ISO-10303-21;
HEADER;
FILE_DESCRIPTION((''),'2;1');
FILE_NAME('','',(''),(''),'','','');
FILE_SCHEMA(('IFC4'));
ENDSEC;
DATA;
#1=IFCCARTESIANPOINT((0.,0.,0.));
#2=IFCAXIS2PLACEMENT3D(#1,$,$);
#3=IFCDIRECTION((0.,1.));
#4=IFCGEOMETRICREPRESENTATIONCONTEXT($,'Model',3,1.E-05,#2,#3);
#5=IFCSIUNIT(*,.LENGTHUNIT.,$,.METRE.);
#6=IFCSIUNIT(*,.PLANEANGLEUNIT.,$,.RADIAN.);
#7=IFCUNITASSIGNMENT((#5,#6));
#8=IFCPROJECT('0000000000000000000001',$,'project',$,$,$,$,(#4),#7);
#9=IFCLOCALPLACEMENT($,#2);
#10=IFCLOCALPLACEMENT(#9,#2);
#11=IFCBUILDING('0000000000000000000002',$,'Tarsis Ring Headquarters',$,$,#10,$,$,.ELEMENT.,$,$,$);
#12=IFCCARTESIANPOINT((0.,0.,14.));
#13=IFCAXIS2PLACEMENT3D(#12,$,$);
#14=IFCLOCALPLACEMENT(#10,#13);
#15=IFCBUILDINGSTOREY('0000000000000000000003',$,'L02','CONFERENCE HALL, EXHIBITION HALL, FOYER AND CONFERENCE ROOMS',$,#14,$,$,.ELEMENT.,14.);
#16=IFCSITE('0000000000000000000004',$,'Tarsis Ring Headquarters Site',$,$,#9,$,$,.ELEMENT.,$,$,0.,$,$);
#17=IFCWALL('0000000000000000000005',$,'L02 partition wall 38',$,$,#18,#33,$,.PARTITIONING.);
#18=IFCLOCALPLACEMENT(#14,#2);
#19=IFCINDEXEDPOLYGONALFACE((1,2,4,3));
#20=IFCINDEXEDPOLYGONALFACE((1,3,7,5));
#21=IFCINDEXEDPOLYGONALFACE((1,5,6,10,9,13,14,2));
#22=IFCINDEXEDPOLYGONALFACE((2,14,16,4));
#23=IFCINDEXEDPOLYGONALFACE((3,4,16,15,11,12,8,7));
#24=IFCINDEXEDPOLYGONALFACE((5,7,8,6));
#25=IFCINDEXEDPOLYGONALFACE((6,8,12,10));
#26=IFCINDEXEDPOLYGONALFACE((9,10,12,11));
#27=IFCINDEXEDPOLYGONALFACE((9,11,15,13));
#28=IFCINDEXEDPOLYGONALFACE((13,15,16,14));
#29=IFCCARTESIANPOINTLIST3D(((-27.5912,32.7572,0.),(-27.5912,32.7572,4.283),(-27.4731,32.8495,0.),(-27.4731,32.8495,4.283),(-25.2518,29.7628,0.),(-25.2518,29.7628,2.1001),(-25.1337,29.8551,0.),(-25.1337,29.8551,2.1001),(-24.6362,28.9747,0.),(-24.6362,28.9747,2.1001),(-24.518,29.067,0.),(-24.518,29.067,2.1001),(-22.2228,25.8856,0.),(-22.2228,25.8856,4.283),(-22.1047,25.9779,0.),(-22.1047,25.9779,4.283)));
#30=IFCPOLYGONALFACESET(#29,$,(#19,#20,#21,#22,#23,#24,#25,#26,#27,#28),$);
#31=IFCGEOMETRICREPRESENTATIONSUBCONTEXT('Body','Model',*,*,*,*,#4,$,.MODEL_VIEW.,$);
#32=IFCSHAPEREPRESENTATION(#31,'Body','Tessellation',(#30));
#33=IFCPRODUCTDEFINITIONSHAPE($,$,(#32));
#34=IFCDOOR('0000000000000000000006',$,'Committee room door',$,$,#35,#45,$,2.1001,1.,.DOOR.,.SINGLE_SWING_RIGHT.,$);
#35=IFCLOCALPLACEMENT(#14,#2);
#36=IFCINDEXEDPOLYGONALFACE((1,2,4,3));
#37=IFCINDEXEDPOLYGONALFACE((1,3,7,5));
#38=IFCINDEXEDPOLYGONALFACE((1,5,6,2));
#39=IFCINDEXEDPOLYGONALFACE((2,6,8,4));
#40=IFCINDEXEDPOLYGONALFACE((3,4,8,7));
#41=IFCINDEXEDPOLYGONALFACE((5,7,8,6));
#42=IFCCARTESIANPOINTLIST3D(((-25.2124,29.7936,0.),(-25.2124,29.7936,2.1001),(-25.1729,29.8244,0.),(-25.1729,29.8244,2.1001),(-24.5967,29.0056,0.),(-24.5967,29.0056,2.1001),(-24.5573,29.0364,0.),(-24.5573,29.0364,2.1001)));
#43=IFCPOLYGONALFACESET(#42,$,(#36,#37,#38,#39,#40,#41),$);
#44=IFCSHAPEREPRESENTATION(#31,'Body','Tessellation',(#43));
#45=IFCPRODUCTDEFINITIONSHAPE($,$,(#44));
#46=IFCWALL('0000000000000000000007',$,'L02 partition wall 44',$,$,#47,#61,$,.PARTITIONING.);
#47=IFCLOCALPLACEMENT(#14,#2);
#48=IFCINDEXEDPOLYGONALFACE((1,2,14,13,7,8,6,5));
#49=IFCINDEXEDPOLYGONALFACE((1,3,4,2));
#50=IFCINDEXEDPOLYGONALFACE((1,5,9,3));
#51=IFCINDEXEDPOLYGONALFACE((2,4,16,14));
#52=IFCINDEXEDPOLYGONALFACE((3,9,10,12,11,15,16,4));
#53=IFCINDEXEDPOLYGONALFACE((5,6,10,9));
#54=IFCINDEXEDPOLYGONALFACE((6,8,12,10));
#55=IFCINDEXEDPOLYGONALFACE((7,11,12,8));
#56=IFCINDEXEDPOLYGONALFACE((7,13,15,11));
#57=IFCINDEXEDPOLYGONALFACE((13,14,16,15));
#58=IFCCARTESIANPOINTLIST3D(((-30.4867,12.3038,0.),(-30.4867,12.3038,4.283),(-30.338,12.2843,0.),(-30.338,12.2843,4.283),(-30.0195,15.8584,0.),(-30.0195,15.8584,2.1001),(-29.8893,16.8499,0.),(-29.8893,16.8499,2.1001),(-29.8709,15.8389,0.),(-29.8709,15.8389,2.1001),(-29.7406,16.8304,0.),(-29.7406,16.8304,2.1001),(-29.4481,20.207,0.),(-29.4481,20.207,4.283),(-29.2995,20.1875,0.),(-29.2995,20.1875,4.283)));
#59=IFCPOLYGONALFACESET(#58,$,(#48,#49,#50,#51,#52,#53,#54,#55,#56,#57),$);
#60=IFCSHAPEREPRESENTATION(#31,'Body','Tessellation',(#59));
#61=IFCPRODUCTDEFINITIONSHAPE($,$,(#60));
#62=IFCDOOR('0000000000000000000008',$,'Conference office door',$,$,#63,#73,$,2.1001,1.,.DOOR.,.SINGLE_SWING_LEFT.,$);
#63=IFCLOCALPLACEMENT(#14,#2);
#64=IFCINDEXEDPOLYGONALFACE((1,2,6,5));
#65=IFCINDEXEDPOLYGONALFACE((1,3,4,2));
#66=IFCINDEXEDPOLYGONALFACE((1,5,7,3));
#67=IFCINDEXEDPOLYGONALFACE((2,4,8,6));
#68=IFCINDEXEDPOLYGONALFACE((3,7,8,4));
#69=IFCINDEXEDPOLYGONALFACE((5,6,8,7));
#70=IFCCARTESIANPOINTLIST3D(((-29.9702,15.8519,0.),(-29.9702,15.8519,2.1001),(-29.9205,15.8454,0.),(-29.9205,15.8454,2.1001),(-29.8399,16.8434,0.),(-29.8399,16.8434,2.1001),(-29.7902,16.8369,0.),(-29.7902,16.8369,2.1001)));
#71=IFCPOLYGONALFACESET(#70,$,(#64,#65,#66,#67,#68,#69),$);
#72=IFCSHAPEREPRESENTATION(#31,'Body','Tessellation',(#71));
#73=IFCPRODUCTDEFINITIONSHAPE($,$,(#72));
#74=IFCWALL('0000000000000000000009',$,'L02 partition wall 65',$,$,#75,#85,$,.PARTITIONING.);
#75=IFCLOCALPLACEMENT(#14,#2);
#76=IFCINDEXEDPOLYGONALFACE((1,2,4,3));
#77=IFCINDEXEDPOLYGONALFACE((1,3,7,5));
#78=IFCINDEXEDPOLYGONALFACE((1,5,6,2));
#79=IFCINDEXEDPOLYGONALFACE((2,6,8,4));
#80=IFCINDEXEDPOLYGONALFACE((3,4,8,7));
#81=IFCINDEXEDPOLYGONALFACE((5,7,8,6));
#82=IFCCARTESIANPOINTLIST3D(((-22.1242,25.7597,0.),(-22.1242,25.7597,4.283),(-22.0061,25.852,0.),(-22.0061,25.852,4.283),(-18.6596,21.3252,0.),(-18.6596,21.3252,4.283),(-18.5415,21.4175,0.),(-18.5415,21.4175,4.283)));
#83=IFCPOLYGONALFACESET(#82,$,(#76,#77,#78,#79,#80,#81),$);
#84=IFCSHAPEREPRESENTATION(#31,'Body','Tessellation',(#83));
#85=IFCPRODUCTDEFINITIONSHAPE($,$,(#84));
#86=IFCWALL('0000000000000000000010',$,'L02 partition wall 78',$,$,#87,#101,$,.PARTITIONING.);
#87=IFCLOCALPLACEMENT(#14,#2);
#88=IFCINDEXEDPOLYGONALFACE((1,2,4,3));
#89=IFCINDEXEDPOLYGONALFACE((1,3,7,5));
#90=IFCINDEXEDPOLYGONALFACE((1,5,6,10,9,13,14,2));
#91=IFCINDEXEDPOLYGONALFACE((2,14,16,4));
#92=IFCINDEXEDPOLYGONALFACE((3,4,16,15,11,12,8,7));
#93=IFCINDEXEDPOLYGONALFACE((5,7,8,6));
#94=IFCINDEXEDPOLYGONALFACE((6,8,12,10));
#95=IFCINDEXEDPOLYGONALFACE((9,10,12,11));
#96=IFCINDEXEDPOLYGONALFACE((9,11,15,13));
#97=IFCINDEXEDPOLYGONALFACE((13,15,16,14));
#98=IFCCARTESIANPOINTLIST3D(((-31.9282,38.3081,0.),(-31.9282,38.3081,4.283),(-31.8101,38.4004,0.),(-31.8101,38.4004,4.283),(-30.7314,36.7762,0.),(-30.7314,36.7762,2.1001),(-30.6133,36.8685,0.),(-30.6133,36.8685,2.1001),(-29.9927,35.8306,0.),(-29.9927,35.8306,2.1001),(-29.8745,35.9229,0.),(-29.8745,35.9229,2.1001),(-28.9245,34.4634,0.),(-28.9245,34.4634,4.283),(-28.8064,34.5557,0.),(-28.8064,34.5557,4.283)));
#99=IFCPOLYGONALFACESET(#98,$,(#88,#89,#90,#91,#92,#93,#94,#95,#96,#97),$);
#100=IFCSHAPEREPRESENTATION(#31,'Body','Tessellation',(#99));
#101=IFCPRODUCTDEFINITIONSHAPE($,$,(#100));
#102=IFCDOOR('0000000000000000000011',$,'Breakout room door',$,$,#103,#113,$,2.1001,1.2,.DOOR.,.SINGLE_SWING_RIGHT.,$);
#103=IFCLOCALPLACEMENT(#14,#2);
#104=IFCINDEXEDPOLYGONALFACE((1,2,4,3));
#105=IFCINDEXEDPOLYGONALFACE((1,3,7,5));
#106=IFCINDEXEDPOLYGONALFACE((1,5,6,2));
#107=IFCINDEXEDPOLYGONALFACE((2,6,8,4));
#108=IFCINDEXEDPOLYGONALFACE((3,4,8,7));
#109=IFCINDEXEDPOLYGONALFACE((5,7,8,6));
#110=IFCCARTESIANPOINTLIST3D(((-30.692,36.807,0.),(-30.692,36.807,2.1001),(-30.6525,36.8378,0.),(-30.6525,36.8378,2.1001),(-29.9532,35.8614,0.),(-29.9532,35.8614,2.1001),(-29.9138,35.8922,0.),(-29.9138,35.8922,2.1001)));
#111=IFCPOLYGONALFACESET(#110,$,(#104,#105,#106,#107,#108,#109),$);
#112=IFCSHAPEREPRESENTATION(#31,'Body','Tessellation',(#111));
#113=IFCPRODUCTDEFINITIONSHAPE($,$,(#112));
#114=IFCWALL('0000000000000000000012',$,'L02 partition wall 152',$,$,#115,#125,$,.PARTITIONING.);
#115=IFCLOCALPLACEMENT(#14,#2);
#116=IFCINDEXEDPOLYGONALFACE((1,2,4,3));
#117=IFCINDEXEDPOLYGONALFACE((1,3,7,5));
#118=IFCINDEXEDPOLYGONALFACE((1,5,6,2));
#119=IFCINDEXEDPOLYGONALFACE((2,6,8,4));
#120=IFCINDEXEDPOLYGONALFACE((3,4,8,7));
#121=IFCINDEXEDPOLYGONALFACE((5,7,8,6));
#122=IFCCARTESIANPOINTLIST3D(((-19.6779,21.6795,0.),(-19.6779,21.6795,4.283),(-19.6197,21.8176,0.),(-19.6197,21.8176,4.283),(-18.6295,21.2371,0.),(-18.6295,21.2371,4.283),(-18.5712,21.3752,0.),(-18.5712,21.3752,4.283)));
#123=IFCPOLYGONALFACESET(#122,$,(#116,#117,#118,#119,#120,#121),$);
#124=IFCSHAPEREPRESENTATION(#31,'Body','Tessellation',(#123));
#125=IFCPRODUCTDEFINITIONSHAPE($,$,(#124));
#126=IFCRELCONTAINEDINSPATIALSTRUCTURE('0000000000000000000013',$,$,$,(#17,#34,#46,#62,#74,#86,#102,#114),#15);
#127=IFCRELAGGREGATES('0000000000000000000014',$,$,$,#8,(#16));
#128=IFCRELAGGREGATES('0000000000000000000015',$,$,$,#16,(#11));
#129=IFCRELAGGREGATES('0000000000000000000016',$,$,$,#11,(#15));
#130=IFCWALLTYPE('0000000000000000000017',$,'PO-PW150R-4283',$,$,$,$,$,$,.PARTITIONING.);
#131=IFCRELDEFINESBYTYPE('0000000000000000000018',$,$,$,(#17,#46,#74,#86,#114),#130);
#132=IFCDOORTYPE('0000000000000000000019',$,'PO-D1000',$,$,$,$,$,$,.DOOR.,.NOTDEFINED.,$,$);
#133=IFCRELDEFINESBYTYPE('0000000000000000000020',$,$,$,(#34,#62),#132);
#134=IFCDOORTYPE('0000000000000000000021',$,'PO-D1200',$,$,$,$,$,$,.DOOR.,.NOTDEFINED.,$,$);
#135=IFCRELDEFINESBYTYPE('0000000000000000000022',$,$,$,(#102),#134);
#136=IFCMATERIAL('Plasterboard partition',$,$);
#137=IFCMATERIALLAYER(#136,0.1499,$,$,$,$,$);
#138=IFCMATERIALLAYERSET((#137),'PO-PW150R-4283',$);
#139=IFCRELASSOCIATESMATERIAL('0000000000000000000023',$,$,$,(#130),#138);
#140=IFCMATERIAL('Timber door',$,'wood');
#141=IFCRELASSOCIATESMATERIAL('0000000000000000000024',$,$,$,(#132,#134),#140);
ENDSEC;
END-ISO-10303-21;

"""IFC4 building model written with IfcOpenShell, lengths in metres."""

from ifc_helpers import new_model, si_unit, direction, frame, frame_2d, origin, place, context, subcontext, project, spatial, rectangle, extrude, material, layer, layer_set, type_object, element, fill, save


model = new_model("IFC4")

# Units and contexts
model_context = context("Model", 3, precision=1e-05, world=origin(), true_north=direction((0.0, 1.0)))
body_context = subcontext(model_context, "Body", "Model", "MODEL_VIEW")
ifc_project = project(units=[si_unit("LENGTHUNIT", "METRE"), si_unit("PLANEANGLEUNIT", "RADIAN")], contexts=[model_context])

# Site, building, storey
site_placement = place(None, origin())
site = spatial("IfcSite", under=ifc_project, at=site_placement, Name="Tarsis Ring Headquarters Site", CompositionType="ELEMENT", RefElevation=0.0)
building_placement = place(site_placement, origin())
building = spatial("IfcBuilding", under=site, at=building_placement, Name="Tarsis Ring Headquarters", CompositionType="ELEMENT")
storey_placement = place(building_placement, frame((0.0, 0.0, 14.0)))
storey = spatial("IfcBuildingStorey", under=building, at=storey_placement, Name="L02", Description="CONFERENCE HALL, EXHIBITION HALL, FOYER AND CONFERENCE ROOMS", CompositionType="ELEMENT", Elevation=14.0)

# Shared definitions
ifc_material_1 = material(Name="Plasterboard partition")
ifc_layer_1 = layer(ifc_material_1, 0.1499)
ifc_layer_set_1 = layer_set([ifc_layer_1], Name="PO-PW150R-4283")
wall_type_1 = type_object("IfcWallType", Name="PO-PW150R-4283", PredefinedType="PARTITIONING", material=ifc_layer_set_1)

# Walls, openings, doors
ifc_material_2 = material(Name="Timber door", Category="wood")
door_type_1 = type_object("IfcDoorType", Name="PO-D1000", OperationType="NOTDEFINED", PredefinedType="DOOR", material=ifc_material_2)
door_type_2 = type_object("IfcDoorType", Name="PO-D1200", OperationType="NOTDEFINED", PredefinedType="DOOR", material=ifc_material_2)
wall_1_placement = place(storey_placement, frame((-22.1638, 25.9319, 0.0), z_axis=(0.0, 0.0, 1.0), x_axis=(-0.615643, 0.788025, 0.0)))
wall_1 = element("IfcWall", 1, at=wall_1_placement, inside=storey, type_object=wall_type_1, Name="L02 partition wall 38", PredefinedType="PARTITIONING", context=body_context, shape_type="SweptSolid", body=[
    extrude(rectangle(XDim=8.72, YDim=0.1499, at=frame_2d((4.3599, 0.0))), origin(), (0.0, 0.0, 1.0), 4.283),
])
opening_1_placement = place(wall_1_placement, frame((3.9199, 0.0, 0.0)))
opening_1 = element("IfcOpeningElement", 2, at=opening_1_placement, cuts=wall_1, PredefinedType="OPENING", context=body_context, shape_type="SweptSolid", body=[
    extrude(rectangle(XDim=1.0, YDim=2.1001, at=frame_2d((0.5, 1.05))), frame((0.0, 0.085, 0.0), z_axis=(0.0, -1.0, 0.0), x_axis=(1.0, 0.0, 0.0)), (0.0, 0.0, 1.0), 0.1699),
])
door_1_placement = place(opening_1_placement, origin())
door_1 = element("IfcDoor", 3, at=door_1_placement, inside=storey, type_object=door_type_1, Name="Committee room door", OperationType="SINGLE_SWING_RIGHT", OverallHeight=2.1001, OverallWidth=1.0, PredefinedType="DOOR", context=body_context, shape_type="SweptSolid", body=[
    extrude(rectangle(XDim=1.0, YDim=2.1001, at=frame_2d((0.5, 1.05))), frame((0.0, 0.0249, 0.0), z_axis=(0.0, -1.0, 0.0), x_axis=(1.0, 0.0, 0.0)), (0.0, 0.0, 1.0), 0.05),
])
fill(opening_1, door_1)
wall_2_placement = place(storey_placement, frame((-29.3738, 20.1973, 0.0), z_axis=(0.0, 0.0, 1.0), x_axis=(-0.13029, -0.991476, 0.0)))
wall_2 = element("IfcWall", 4, at=wall_2_placement, inside=storey, type_object=wall_type_1, Name="L02 partition wall 44", PredefinedType="PARTITIONING", context=body_context, shape_type="SweptSolid", body=[
    extrude(rectangle(XDim=7.9712, YDim=0.1499, at=frame_2d((3.9856, 0.0))), origin(), (0.0, 0.0, 1.0), 4.283),
])
opening_2_placement = place(wall_2_placement, frame((3.386, 0.0, 0.0)))
opening_2 = element("IfcOpeningElement", 5, at=opening_2_placement, cuts=wall_2, PredefinedType="OPENING", context=body_context, shape_type="SweptSolid", body=[
    extrude(rectangle(XDim=1.0, YDim=2.1001, at=frame_2d((0.5, 1.05))), frame((0.0, 0.085, 0.0), z_axis=(0.0, -1.0, 0.0), x_axis=(1.0, 0.0, 0.0)), (0.0, 0.0, 1.0), 0.1699),
])
door_2_placement = place(opening_2_placement, origin())
door_2 = element("IfcDoor", 6, at=door_2_placement, inside=storey, type_object=door_type_1, Name="Conference office door", OperationType="SINGLE_SWING_LEFT", OverallHeight=2.1001, OverallWidth=1.0, PredefinedType="DOOR", context=body_context, shape_type="SweptSolid", body=[
    extrude(rectangle(XDim=1.0, YDim=2.1001, at=frame_2d((0.5, 1.05))), frame((0.0, 0.0249, 0.0), z_axis=(0.0, -1.0, 0.0), x_axis=(1.0, 0.0, 0.0)), (0.0, 0.0, 1.0), 0.05),
])
fill(opening_2, door_2)

# Wall
wall_3_placement = place(storey_placement, frame((-18.6006, 21.3713, 0.0), z_axis=(0.0, 0.0, 1.0), x_axis=(-0.615654, 0.788016, 0.0)))
element("IfcWall", 7, at=wall_3_placement, inside=storey, type_object=wall_type_1, Name="L02 partition wall 65", PredefinedType="PARTITIONING", context=body_context, shape_type="SweptSolid", body=[
    extrude(rectangle(XDim=5.6274, YDim=0.1499, at=frame_2d((2.8137, 0.0))), origin(), (0.0, 0.0, 1.0), 4.283),
])

# Wall, opening, door
wall_4_placement = place(storey_placement, frame((-28.8655, 34.5095, 0.0), z_axis=(0.0, 0.0, 1.0), x_axis=(-0.61564, 0.788027, 0.0)))
wall_4 = element("IfcWall", 8, at=wall_4_placement, inside=storey, type_object=wall_type_1, Name="L02 partition wall 78", PredefinedType="PARTITIONING", context=body_context, shape_type="SweptSolid", body=[
    extrude(rectangle(XDim=4.8789, YDim=0.1499, at=frame_2d((2.4395, 0.0))), origin(), (0.0, 0.0, 1.0), 4.283),
])
opening_3_placement = place(wall_4_placement, frame((1.7349, 0.0, 0.0)))
opening_3 = element("IfcOpeningElement", 9, at=opening_3_placement, cuts=wall_4, PredefinedType="OPENING", context=body_context, shape_type="SweptSolid", body=[
    extrude(rectangle(XDim=1.2, YDim=2.1001, at=frame_2d((0.6001, 1.05))), frame((0.0, 0.085, 0.0), z_axis=(0.0, -1.0, 0.0), x_axis=(1.0, 0.0, 0.0)), (0.0, 0.0, 1.0), 0.1699),
])
door_3_placement = place(opening_3_placement, origin())
door_3 = element("IfcDoor", 10, at=door_3_placement, inside=storey, type_object=door_type_2, Name="Breakout room door", OperationType="SINGLE_SWING_RIGHT", OverallHeight=2.1001, OverallWidth=1.2, PredefinedType="DOOR", context=body_context, shape_type="SweptSolid", body=[
    extrude(rectangle(XDim=1.2, YDim=2.1001, at=frame_2d((0.6001, 1.05))), frame((0.0, 0.0249, 0.0), z_axis=(0.0, -1.0, 0.0), x_axis=(1.0, 0.0, 0.0)), (0.0, 0.0, 1.0), 0.05),
])
fill(opening_3, door_3)

# Wall
wall_5_placement = place(storey_placement, frame((-19.6487, 21.7485, 0.0), z_axis=(0.0, 0.0, 1.0), x_axis=(0.921328, -0.388786, 0.0)))
element("IfcWall", 11, at=wall_5_placement, inside=storey, type_object=wall_type_1, Name="L02 partition wall 152", PredefinedType="PARTITIONING", context=body_context, shape_type="SweptSolid", body=[
    extrude(rectangle(XDim=1.1379, YDim=0.1499, at=frame_2d((0.5688, 0.0))), origin(), (0.0, 0.0, 1.0), 4.283),
])

save(model, "model.ifc")
